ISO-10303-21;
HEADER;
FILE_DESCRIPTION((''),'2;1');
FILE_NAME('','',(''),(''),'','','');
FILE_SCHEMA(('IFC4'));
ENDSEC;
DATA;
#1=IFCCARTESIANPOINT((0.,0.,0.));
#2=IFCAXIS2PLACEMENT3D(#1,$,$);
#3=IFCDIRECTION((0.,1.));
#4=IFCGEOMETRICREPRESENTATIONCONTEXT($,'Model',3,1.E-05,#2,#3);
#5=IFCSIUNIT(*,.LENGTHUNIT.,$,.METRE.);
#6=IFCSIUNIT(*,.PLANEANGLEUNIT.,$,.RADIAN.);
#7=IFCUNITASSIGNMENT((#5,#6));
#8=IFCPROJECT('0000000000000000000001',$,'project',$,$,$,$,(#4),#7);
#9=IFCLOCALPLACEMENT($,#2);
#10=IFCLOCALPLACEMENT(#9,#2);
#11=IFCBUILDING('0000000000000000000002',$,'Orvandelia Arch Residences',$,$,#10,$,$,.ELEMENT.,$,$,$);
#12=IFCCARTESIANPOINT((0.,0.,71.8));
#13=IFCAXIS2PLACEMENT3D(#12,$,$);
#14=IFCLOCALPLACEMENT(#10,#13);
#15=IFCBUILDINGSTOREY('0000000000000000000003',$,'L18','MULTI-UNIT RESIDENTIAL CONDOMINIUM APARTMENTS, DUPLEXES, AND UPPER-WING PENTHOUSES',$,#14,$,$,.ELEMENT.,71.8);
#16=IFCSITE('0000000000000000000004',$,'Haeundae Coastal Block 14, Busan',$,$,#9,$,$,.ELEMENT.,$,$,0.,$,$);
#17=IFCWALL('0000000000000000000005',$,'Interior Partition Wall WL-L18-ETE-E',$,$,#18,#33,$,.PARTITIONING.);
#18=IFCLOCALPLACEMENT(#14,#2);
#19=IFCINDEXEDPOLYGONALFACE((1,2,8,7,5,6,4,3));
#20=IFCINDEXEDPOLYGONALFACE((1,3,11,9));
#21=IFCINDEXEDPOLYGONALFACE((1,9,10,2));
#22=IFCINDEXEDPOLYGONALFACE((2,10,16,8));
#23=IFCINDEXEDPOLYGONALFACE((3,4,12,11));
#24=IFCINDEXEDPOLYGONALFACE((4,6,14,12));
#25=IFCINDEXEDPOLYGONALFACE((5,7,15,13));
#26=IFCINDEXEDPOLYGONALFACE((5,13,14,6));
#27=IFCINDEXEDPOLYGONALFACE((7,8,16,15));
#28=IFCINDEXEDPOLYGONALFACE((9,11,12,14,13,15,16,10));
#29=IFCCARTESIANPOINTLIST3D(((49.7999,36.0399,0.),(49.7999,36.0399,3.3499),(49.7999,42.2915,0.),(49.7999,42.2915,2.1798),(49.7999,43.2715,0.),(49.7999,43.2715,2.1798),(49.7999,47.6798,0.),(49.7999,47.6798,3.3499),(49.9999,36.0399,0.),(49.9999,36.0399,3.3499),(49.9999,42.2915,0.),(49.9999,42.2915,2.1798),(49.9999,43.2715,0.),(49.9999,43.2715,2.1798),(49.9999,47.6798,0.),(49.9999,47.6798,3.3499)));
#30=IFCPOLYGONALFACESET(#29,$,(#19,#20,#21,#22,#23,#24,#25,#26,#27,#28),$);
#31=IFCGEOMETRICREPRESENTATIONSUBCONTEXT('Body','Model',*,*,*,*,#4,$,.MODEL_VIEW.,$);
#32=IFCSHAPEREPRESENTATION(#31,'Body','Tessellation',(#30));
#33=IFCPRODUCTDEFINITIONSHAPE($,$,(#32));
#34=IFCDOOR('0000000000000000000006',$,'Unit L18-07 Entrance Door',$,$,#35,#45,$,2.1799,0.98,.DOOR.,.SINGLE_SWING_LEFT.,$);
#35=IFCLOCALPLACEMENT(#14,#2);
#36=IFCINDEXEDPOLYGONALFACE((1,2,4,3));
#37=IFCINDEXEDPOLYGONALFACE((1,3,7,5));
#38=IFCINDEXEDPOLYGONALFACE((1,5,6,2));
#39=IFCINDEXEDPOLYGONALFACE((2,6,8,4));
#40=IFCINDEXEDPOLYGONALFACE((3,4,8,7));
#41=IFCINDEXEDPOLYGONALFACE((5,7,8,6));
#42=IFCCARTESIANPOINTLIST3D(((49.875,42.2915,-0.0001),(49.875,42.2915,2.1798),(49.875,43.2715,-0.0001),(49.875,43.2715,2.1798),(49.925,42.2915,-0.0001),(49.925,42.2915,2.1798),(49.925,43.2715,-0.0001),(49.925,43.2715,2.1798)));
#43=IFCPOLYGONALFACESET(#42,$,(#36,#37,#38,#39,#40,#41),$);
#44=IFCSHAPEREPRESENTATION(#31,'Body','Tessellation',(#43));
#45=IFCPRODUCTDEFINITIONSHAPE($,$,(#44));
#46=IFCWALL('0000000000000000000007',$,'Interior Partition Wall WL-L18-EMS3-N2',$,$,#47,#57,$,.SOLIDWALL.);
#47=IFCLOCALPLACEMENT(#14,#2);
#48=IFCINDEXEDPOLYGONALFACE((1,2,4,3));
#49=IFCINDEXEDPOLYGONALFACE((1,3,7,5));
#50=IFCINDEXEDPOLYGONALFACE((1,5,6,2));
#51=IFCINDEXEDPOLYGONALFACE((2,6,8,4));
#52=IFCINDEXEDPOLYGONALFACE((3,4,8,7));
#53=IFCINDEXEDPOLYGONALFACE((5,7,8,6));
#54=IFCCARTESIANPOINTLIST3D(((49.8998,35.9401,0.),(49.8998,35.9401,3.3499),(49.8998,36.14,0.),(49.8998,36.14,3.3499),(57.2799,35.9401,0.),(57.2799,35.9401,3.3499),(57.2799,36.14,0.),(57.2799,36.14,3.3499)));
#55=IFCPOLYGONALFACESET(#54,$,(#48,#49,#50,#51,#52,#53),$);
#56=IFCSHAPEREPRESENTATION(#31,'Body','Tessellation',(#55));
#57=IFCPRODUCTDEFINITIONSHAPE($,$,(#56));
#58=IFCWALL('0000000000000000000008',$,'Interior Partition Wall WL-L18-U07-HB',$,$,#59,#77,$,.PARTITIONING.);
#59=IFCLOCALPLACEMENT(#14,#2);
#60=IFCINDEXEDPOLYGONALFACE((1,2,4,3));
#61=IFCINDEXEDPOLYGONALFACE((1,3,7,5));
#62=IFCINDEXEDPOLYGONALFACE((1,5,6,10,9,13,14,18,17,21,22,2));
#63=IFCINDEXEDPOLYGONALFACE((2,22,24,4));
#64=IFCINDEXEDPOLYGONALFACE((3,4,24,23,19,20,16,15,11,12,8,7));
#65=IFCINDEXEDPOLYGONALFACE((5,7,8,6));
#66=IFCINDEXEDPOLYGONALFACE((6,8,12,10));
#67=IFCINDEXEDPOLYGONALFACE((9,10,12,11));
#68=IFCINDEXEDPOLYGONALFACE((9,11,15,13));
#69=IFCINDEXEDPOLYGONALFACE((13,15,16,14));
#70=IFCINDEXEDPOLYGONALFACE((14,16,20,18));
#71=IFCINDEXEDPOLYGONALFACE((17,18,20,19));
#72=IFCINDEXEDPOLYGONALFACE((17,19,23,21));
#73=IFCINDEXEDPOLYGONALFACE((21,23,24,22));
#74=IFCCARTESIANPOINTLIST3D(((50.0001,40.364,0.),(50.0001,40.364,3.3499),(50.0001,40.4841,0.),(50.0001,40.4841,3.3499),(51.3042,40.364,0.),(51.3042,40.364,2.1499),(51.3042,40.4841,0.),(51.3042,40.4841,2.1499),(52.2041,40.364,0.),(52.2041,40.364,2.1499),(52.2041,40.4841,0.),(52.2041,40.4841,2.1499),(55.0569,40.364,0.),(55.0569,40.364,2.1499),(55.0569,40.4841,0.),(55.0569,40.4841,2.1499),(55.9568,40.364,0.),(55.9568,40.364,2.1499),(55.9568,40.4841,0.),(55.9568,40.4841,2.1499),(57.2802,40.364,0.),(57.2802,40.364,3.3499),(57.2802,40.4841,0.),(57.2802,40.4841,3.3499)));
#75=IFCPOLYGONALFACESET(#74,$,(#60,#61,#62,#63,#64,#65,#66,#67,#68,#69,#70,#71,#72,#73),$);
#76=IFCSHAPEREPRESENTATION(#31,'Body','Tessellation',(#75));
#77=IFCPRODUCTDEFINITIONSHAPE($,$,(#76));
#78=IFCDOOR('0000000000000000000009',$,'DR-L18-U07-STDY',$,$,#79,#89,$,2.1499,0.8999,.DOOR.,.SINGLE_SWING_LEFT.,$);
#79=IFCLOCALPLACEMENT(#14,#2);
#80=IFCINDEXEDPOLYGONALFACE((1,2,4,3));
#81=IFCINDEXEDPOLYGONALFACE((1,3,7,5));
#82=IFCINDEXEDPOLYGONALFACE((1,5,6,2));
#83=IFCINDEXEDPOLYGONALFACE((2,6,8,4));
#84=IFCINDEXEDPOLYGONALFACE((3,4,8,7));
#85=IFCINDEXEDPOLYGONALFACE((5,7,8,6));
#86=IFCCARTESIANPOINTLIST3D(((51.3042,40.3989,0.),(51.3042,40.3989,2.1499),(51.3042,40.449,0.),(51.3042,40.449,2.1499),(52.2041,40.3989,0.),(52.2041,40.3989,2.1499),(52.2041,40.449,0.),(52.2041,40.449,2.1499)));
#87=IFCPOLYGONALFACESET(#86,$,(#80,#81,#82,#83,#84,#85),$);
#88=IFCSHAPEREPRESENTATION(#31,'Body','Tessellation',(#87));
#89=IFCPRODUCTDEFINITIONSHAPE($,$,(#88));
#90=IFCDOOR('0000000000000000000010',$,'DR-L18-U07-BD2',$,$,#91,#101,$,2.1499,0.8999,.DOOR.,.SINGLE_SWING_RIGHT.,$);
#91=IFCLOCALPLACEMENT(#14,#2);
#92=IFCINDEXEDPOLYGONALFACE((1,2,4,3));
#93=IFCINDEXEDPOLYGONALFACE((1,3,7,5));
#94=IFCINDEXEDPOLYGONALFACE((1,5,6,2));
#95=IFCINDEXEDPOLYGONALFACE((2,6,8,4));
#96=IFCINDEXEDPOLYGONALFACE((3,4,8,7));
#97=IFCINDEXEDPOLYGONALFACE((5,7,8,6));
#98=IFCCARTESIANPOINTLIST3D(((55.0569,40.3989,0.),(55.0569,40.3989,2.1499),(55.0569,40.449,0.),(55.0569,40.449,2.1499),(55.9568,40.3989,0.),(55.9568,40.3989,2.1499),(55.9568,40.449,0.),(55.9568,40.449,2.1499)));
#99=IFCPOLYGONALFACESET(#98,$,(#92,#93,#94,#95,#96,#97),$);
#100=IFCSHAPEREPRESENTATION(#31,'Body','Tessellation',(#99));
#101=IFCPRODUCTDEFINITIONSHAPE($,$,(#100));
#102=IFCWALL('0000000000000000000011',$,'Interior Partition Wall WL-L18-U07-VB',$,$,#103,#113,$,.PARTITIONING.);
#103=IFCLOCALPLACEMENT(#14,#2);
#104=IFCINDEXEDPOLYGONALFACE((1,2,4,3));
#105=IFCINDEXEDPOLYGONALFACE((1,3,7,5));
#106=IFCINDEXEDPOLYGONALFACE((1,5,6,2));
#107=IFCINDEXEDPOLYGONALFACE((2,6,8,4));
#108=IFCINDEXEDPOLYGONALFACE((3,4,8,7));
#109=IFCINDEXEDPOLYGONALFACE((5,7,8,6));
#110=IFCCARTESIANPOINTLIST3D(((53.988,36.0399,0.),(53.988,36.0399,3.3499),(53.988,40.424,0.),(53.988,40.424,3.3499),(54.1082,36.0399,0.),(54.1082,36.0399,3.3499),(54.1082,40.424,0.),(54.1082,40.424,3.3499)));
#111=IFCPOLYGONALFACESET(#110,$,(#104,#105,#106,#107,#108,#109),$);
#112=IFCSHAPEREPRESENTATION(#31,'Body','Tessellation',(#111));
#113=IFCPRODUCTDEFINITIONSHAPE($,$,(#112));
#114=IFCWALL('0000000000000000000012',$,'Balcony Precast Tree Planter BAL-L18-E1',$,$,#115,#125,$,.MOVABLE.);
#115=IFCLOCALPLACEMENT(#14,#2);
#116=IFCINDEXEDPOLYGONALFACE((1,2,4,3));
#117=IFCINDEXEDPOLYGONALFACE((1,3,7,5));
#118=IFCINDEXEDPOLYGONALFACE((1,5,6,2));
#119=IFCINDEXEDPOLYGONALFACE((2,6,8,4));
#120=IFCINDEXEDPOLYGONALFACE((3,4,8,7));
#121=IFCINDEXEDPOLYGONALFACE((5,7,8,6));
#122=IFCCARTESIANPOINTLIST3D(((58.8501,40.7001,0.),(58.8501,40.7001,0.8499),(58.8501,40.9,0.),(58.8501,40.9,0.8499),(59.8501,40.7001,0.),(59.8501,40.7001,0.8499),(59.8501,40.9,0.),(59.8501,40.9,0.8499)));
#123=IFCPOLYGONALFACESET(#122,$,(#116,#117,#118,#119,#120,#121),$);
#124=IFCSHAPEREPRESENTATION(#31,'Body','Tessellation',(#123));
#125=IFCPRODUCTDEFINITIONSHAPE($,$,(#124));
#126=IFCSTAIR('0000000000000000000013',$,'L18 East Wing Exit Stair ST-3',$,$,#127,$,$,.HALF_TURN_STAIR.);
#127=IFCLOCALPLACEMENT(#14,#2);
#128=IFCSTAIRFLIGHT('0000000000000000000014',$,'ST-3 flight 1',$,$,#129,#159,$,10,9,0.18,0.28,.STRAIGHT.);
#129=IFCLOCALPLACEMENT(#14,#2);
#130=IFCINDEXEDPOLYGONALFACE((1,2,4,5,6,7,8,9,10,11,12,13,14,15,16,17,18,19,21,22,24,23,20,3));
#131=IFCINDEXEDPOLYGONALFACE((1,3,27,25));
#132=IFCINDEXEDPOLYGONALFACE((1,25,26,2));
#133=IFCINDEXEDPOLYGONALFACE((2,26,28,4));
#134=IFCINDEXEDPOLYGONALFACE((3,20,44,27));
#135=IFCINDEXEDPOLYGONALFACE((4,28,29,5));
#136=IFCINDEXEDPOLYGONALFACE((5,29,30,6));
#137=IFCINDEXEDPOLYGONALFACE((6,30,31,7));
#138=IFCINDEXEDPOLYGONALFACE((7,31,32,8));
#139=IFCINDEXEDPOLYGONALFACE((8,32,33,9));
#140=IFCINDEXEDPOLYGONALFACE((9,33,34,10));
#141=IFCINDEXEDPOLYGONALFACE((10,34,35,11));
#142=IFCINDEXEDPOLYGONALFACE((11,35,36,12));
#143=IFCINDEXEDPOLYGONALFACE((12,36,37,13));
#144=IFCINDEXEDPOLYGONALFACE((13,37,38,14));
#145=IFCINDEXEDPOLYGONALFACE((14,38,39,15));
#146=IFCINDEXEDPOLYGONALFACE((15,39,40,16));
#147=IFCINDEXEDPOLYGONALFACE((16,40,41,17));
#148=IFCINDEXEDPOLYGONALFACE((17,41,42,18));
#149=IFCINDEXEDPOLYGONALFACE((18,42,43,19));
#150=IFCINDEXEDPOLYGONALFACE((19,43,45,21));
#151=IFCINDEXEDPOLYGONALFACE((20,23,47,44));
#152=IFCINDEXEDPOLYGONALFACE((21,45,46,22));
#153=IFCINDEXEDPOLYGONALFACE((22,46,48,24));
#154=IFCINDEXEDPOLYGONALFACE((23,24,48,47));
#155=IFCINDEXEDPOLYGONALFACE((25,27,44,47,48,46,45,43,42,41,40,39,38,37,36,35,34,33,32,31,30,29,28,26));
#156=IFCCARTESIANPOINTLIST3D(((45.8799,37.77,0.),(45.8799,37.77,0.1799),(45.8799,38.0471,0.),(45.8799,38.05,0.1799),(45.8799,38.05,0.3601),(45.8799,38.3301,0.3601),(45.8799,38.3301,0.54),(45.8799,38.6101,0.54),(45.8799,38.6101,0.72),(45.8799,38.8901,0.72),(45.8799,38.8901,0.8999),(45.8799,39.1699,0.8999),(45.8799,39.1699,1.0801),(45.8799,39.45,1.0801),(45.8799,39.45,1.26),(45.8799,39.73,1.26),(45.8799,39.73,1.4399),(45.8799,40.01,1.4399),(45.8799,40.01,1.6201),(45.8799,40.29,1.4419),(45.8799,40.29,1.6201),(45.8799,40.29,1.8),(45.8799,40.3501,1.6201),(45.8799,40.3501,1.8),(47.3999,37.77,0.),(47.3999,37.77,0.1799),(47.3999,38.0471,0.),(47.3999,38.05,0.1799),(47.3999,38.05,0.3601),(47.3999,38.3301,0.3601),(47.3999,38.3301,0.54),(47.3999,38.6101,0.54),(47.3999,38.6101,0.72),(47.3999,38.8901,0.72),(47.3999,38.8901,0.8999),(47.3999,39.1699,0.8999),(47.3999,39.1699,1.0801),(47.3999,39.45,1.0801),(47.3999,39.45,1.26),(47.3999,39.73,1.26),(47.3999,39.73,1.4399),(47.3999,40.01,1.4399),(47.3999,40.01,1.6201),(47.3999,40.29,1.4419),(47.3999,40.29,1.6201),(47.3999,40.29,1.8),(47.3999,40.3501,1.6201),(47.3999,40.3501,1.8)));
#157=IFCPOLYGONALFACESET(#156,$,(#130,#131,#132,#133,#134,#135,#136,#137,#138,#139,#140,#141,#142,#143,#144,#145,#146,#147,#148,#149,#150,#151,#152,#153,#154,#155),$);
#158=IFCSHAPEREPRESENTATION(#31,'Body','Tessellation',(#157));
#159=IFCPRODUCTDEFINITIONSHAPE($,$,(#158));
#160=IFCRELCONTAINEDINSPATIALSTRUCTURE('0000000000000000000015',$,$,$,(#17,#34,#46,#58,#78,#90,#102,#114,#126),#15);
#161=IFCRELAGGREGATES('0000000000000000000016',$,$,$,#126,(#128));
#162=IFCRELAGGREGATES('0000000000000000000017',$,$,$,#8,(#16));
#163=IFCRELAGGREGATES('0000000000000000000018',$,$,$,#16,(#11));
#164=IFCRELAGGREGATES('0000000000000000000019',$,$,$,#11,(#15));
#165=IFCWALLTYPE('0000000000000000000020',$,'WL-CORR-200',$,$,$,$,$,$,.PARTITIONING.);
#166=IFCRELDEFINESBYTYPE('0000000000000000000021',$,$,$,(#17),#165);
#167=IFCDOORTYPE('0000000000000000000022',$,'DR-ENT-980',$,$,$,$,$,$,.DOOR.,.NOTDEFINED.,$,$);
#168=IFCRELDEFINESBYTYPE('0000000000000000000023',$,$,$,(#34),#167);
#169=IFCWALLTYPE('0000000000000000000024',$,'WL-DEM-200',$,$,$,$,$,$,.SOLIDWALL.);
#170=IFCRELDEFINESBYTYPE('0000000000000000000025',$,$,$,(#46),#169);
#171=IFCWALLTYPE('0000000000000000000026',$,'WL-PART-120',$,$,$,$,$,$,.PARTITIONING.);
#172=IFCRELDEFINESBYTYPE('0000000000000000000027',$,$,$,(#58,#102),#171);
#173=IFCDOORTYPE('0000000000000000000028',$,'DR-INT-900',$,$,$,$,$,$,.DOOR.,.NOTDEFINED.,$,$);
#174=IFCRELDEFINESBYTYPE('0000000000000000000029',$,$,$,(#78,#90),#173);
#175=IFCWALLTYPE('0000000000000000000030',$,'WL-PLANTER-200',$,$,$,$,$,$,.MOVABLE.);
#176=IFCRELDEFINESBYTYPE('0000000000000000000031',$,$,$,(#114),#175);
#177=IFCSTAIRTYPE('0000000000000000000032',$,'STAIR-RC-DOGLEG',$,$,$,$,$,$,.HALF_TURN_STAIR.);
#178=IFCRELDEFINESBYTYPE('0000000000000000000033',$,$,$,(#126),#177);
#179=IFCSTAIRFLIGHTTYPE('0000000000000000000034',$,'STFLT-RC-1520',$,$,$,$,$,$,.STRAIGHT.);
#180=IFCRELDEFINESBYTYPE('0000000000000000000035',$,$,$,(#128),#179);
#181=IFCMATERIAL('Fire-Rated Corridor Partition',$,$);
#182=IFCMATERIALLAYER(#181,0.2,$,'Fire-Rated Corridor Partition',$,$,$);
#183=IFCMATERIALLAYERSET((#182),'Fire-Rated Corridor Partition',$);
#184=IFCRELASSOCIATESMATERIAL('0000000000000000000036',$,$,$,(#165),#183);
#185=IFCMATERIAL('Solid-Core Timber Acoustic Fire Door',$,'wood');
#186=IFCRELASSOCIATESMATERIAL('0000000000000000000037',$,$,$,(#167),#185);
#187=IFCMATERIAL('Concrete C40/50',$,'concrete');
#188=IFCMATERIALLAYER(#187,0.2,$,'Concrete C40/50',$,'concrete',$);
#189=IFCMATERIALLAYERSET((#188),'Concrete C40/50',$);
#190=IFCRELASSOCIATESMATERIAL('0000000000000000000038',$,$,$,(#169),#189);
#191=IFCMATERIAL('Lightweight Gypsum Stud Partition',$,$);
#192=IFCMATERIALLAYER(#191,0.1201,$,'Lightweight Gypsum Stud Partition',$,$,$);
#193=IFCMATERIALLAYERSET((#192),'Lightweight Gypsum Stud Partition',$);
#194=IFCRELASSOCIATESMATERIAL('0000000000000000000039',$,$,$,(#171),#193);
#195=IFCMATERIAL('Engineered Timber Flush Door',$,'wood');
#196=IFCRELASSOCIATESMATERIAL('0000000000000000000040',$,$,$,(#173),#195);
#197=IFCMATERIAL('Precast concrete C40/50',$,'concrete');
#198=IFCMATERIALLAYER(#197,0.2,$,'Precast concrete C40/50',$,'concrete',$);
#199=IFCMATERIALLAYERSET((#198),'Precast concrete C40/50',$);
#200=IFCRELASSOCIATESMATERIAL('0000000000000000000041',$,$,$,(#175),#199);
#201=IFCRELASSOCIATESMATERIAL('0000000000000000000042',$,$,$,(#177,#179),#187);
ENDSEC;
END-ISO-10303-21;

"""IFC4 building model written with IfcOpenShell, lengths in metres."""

from ifc_helpers import new_model, si_unit, direction, frame, frame_2d, origin, place, context, subcontext, project, spatial, polyline, rectangle, outline, extrude, material, layer, layer_set, type_object, element, fill, aggregate, save


model = new_model("IFC4")

# Units and contexts
model_context = context("Model", 3, precision=1e-05, world=origin(), true_north=direction((0.0, 1.0)))
body_context = subcontext(model_context, "Body", "Model", "MODEL_VIEW")
ifc_project = project(units=[si_unit("LENGTHUNIT", "METRE"), si_unit("PLANEANGLEUNIT", "RADIAN")], contexts=[model_context])

# Site, building, storey
site_placement = place(None, origin())
site = spatial("IfcSite", under=ifc_project, at=site_placement, Name="Haeundae Coastal Block 14, Busan", CompositionType="ELEMENT", RefElevation=0.0)
building_placement = place(site_placement, origin())
building = spatial("IfcBuilding", under=site, at=building_placement, Name="Orvandelia Arch Residences", CompositionType="ELEMENT")
storey_placement = place(building_placement, frame((0.0, 0.0, 71.8)))
storey = spatial("IfcBuildingStorey", under=building, at=storey_placement, Name="L18", Description="MULTI-UNIT RESIDENTIAL CONDOMINIUM APARTMENTS, DUPLEXES, AND UPPER-WING PENTHOUSES", CompositionType="ELEMENT", Elevation=71.8)

# Wall, opening, door
ifc_material_1 = material(Name="Fire-Rated Corridor Partition")
ifc_layer_1 = layer(ifc_material_1, 0.2, Name="Fire-Rated Corridor Partition")
ifc_layer_set_1 = layer_set([ifc_layer_1], Name="Fire-Rated Corridor Partition")
wall_type_1 = type_object("IfcWallType", Name="WL-CORR-200", PredefinedType="PARTITIONING", material=ifc_layer_set_1)
wall_1_placement = place(storey_placement, frame((49.8999, 36.04, 0.0), z_axis=(0.0, 0.0, 1.0), x_axis=(0.0, 1.0, 0.0)))
wall_1 = element("IfcWall", 1, at=wall_1_placement, inside=storey, type_object=wall_type_1, Name="Interior Partition Wall WL-L18-ETE-E", PredefinedType="PARTITIONING", context=body_context, shape_type="SweptSolid", body=[
    extrude(rectangle(XDim=11.6399, YDim=0.2, at=frame_2d((5.8198, 0.0))), origin(), (0.0, 0.0, 1.0), 3.3499),
])
opening_1_placement = place(wall_1_placement, frame((6.2515, 0.0, 0.0)))
opening_1 = element("IfcOpeningElement", 2, at=opening_1_placement, cuts=wall_1, PredefinedType="OPENING", context=body_context, shape_type="SweptSolid", body=[
    extrude(rectangle(XDim=0.98, YDim=2.1799, at=frame_2d((0.49, 1.0898))), frame((0.0, 0.1099, 0.0), z_axis=(0.0, -1.0, 0.0), x_axis=(1.0, 0.0, 0.0)), (0.0, 0.0, 1.0), 0.22),
])
ifc_material_2 = material(Name="Solid-Core Timber Acoustic Fire Door", Category="wood")
door_type_1 = type_object("IfcDoorType", Name="DR-ENT-980", OperationType="NOTDEFINED", PredefinedType="DOOR", material=ifc_material_2)
door_1_placement = place(opening_1_placement, origin())
door_1 = element("IfcDoor", 3, at=door_1_placement, inside=storey, type_object=door_type_1, Name="Unit L18-07 Entrance Door", OperationType="SINGLE_SWING_LEFT", OverallHeight=2.1799, OverallWidth=0.98, PredefinedType="DOOR", context=body_context, shape_type="SweptSolid", body=[
    extrude(rectangle(XDim=0.98, YDim=2.1799, at=frame_2d((0.49, 1.0898))), frame((0.0, 0.0249, 0.0), z_axis=(0.0, -1.0, 0.0), x_axis=(1.0, 0.0, 0.0)), (0.0, 0.0, 1.0), 0.05),
])
fill(opening_1, door_1)

# Wall
ifc_material_3 = material(Name="Concrete C40/50", Category="concrete")
ifc_layer_2 = layer(ifc_material_3, 0.2, Name="Concrete C40/50", Category="concrete")
ifc_layer_set_2 = layer_set([ifc_layer_2], Name="Concrete C40/50")
wall_type_2 = type_object("IfcWallType", Name="WL-DEM-200", PredefinedType="SOLIDWALL", material=ifc_layer_set_2)
wall_2_placement = place(storey_placement, frame((49.8999, 36.04, 0.0), z_axis=(0.0, 0.0, 1.0), x_axis=(1.0, 0.0, 0.0)))
element("IfcWall", 4, at=wall_2_placement, inside=storey, type_object=wall_type_2, Name="Interior Partition Wall WL-L18-EMS3-N2", PredefinedType="SOLIDWALL", context=body_context, shape_type="SweptSolid", body=[
    extrude(rectangle(XDim=7.3801, YDim=0.2, at=frame_2d((3.6899, 0.0))), origin(), (0.0, 0.0, 1.0), 3.3499),
])

# Wall, openings, doors
ifc_material_4 = material(Name="Lightweight Gypsum Stud Partition")
ifc_layer_3 = layer(ifc_material_4, 0.1201, Name="Lightweight Gypsum Stud Partition")
ifc_layer_set_3 = layer_set([ifc_layer_3], Name="Lightweight Gypsum Stud Partition")
wall_type_3 = type_object("IfcWallType", Name="WL-PART-120", PredefinedType="PARTITIONING", material=ifc_layer_set_3)
wall_3_placement = place(storey_placement, frame((50.0, 40.4241, 0.0), z_axis=(0.0, 0.0, 1.0), x_axis=(1.0, 0.0, 0.0)))
wall_3 = element("IfcWall", 5, at=wall_3_placement, inside=storey, type_object=wall_type_3, Name="Interior Partition Wall WL-L18-U07-HB", PredefinedType="PARTITIONING", context=body_context, shape_type="SweptSolid", body=[
    extrude(rectangle(XDim=7.28, YDim=0.1201, at=frame_2d((3.6401, 0.0))), origin(), (0.0, 0.0, 1.0), 3.3499),
])
opening_2_placement = place(wall_3_placement, frame((1.3042, 0.0, 0.0)))
opening_2 = element("IfcOpeningElement", 6, at=opening_2_placement, cuts=wall_3, PredefinedType="OPENING", context=body_context, shape_type="SweptSolid", body=[
    extrude(rectangle(XDim=0.8999, YDim=2.1499, at=frame_2d((0.45, 1.075))), frame((0.0, 0.0701, 0.0), z_axis=(0.0, -1.0, 0.0), x_axis=(1.0, 0.0, 0.0)), (0.0, 0.0, 1.0), 0.1401),
])
opening_3_placement = place(wall_3_placement, frame((5.0569, 0.0, 0.0)))
opening_3 = element("IfcOpeningElement", 7, at=opening_3_placement, cuts=wall_3, PredefinedType="OPENING", context=body_context, shape_type="SweptSolid", body=[
    extrude(rectangle(XDim=0.8999, YDim=2.1499, at=frame_2d((0.45, 1.075))), frame((0.0, 0.0701, 0.0), z_axis=(0.0, -1.0, 0.0), x_axis=(1.0, 0.0, 0.0)), (0.0, 0.0, 1.0), 0.1401),
])
ifc_material_5 = material(Name="Engineered Timber Flush Door", Category="wood")
door_type_2 = type_object("IfcDoorType", Name="DR-INT-900", OperationType="NOTDEFINED", PredefinedType="DOOR", material=ifc_material_5)
door_2_placement = place(opening_2_placement, origin())
door_2 = element("IfcDoor", 8, at=door_2_placement, inside=storey, type_object=door_type_2, Name="DR-L18-U07-STDY", OperationType="SINGLE_SWING_LEFT", OverallHeight=2.1499, OverallWidth=0.8999, PredefinedType="DOOR", context=body_context, shape_type="SweptSolid", body=[
    extrude(rectangle(XDim=0.8999, YDim=2.1499, at=frame_2d((0.45, 1.075))), frame((0.0, 0.0249, 0.0), z_axis=(0.0, -1.0, 0.0), x_axis=(1.0, 0.0, 0.0)), (0.0, 0.0, 1.0), 0.05),
])
fill(opening_2, door_2)
door_3_placement = place(opening_3_placement, origin())
door_3 = element("IfcDoor", 9, at=door_3_placement, inside=storey, type_object=door_type_2, Name="DR-L18-U07-BD2", OperationType="SINGLE_SWING_RIGHT", OverallHeight=2.1499, OverallWidth=0.8999, PredefinedType="DOOR", context=body_context, shape_type="SweptSolid", body=[
    extrude(rectangle(XDim=0.8999, YDim=2.1499, at=frame_2d((0.45, 1.075))), frame((0.0, 0.0249, 0.0), z_axis=(0.0, -1.0, 0.0), x_axis=(1.0, 0.0, 0.0)), (0.0, 0.0, 1.0), 0.05),
])
fill(opening_3, door_3)

# Walls
wall_4_placement = place(storey_placement, frame((54.0481, 36.04, 0.0), z_axis=(0.0, 0.0, 1.0), x_axis=(0.0, 1.0, 0.0)))
element("IfcWall", 10, at=wall_4_placement, inside=storey, type_object=wall_type_3, Name="Interior Partition Wall WL-L18-U07-VB", PredefinedType="PARTITIONING", context=body_context, shape_type="SweptSolid", body=[
    extrude(rectangle(XDim=4.384, YDim=0.1201, at=frame_2d((2.1919, 0.0))), origin(), (0.0, 0.0, 1.0), 3.3499),
])
ifc_material_6 = material(Name="Precast concrete C40/50", Category="concrete")
ifc_layer_4 = layer(ifc_material_6, 0.2, Name="Precast concrete C40/50", Category="concrete")
ifc_layer_set_4 = layer_set([ifc_layer_4], Name="Precast concrete C40/50")
wall_type_4 = type_object("IfcWallType", Name="WL-PLANTER-200", PredefinedType="MOVABLE", material=ifc_layer_set_4)
wall_5_placement = place(storey_placement, frame((58.8501, 40.8, 0.0), z_axis=(0.0, 0.0, 1.0), x_axis=(1.0, 0.0, 0.0)))
element("IfcWall", 11, at=wall_5_placement, inside=storey, type_object=wall_type_4, Name="Balcony Precast Tree Planter BAL-L18-E1", PredefinedType="MOVABLE", context=body_context, shape_type="SweptSolid", body=[
    extrude(rectangle(XDim=1.0, YDim=0.2, at=frame_2d((0.5, 0.0))), origin(), (0.0, 0.0, 1.0), 0.8499),
])

# Stair, stair flight
stair_type = type_object("IfcStairType", Name="STAIR-RC-DOGLEG", PredefinedType="HALF_TURN_STAIR", material=ifc_material_3)
stair_placement = place(storey_placement, origin())
stair = element("IfcStair", 12, at=stair_placement, inside=storey, type_object=stair_type, Name="L18 East Wing Exit Stair ST-3", PredefinedType="HALF_TURN_STAIR")
stair_flight_type = type_object("IfcStairFlightType", Name="STFLT-RC-1520", PredefinedType="STRAIGHT", material=ifc_material_3)
stair_flight_placement = place(storey_placement, frame((46.6399, 37.77, 0.0), z_axis=(0.0, 0.0, 1.0), x_axis=(0.0, 1.0, 0.0)))
stair_flight = element("IfcStairFlight", 13, at=stair_flight_placement, type_object=stair_flight_type, Name="ST-3 flight 1", NumberOfRisers=10, NumberOfTreads=9, PredefinedType="STRAIGHT", RiserHeight=0.18, TreadLength=0.28, context=body_context, shape_type="SweptSolid", body=[
    extrude(outline(polyline([(0.0, 0.0), (0.0, 0.1799), (0.28, 0.1799), (0.28, 0.3601), (0.5601, 0.3601), (0.5601, 0.54), (0.8401, 0.54), (0.8401, 0.72), (1.1201, 0.72), (1.1201, 0.8999), (1.3999, 0.8999), (1.3999, 1.0801), (1.6799, 1.0801), (1.6799, 1.26), (1.96, 1.26), (1.96, 1.4399), (2.24, 1.4399), (2.24, 1.6201), (2.52, 1.6201), (2.52, 1.8), (2.5801, 1.8), (2.5801, 1.6201), (2.52, 1.4419), (0.2771, 0.0), (0.0, 0.0)])), frame((0.0, 0.76, 0.0), z_axis=(0.0, -1.0, 0.0), x_axis=(1.0, 0.0, 0.0)), (0.0, 0.0, 1.0), 1.52),
])
aggregate(stair, [stair_flight])

save(model, "model.ifc")
